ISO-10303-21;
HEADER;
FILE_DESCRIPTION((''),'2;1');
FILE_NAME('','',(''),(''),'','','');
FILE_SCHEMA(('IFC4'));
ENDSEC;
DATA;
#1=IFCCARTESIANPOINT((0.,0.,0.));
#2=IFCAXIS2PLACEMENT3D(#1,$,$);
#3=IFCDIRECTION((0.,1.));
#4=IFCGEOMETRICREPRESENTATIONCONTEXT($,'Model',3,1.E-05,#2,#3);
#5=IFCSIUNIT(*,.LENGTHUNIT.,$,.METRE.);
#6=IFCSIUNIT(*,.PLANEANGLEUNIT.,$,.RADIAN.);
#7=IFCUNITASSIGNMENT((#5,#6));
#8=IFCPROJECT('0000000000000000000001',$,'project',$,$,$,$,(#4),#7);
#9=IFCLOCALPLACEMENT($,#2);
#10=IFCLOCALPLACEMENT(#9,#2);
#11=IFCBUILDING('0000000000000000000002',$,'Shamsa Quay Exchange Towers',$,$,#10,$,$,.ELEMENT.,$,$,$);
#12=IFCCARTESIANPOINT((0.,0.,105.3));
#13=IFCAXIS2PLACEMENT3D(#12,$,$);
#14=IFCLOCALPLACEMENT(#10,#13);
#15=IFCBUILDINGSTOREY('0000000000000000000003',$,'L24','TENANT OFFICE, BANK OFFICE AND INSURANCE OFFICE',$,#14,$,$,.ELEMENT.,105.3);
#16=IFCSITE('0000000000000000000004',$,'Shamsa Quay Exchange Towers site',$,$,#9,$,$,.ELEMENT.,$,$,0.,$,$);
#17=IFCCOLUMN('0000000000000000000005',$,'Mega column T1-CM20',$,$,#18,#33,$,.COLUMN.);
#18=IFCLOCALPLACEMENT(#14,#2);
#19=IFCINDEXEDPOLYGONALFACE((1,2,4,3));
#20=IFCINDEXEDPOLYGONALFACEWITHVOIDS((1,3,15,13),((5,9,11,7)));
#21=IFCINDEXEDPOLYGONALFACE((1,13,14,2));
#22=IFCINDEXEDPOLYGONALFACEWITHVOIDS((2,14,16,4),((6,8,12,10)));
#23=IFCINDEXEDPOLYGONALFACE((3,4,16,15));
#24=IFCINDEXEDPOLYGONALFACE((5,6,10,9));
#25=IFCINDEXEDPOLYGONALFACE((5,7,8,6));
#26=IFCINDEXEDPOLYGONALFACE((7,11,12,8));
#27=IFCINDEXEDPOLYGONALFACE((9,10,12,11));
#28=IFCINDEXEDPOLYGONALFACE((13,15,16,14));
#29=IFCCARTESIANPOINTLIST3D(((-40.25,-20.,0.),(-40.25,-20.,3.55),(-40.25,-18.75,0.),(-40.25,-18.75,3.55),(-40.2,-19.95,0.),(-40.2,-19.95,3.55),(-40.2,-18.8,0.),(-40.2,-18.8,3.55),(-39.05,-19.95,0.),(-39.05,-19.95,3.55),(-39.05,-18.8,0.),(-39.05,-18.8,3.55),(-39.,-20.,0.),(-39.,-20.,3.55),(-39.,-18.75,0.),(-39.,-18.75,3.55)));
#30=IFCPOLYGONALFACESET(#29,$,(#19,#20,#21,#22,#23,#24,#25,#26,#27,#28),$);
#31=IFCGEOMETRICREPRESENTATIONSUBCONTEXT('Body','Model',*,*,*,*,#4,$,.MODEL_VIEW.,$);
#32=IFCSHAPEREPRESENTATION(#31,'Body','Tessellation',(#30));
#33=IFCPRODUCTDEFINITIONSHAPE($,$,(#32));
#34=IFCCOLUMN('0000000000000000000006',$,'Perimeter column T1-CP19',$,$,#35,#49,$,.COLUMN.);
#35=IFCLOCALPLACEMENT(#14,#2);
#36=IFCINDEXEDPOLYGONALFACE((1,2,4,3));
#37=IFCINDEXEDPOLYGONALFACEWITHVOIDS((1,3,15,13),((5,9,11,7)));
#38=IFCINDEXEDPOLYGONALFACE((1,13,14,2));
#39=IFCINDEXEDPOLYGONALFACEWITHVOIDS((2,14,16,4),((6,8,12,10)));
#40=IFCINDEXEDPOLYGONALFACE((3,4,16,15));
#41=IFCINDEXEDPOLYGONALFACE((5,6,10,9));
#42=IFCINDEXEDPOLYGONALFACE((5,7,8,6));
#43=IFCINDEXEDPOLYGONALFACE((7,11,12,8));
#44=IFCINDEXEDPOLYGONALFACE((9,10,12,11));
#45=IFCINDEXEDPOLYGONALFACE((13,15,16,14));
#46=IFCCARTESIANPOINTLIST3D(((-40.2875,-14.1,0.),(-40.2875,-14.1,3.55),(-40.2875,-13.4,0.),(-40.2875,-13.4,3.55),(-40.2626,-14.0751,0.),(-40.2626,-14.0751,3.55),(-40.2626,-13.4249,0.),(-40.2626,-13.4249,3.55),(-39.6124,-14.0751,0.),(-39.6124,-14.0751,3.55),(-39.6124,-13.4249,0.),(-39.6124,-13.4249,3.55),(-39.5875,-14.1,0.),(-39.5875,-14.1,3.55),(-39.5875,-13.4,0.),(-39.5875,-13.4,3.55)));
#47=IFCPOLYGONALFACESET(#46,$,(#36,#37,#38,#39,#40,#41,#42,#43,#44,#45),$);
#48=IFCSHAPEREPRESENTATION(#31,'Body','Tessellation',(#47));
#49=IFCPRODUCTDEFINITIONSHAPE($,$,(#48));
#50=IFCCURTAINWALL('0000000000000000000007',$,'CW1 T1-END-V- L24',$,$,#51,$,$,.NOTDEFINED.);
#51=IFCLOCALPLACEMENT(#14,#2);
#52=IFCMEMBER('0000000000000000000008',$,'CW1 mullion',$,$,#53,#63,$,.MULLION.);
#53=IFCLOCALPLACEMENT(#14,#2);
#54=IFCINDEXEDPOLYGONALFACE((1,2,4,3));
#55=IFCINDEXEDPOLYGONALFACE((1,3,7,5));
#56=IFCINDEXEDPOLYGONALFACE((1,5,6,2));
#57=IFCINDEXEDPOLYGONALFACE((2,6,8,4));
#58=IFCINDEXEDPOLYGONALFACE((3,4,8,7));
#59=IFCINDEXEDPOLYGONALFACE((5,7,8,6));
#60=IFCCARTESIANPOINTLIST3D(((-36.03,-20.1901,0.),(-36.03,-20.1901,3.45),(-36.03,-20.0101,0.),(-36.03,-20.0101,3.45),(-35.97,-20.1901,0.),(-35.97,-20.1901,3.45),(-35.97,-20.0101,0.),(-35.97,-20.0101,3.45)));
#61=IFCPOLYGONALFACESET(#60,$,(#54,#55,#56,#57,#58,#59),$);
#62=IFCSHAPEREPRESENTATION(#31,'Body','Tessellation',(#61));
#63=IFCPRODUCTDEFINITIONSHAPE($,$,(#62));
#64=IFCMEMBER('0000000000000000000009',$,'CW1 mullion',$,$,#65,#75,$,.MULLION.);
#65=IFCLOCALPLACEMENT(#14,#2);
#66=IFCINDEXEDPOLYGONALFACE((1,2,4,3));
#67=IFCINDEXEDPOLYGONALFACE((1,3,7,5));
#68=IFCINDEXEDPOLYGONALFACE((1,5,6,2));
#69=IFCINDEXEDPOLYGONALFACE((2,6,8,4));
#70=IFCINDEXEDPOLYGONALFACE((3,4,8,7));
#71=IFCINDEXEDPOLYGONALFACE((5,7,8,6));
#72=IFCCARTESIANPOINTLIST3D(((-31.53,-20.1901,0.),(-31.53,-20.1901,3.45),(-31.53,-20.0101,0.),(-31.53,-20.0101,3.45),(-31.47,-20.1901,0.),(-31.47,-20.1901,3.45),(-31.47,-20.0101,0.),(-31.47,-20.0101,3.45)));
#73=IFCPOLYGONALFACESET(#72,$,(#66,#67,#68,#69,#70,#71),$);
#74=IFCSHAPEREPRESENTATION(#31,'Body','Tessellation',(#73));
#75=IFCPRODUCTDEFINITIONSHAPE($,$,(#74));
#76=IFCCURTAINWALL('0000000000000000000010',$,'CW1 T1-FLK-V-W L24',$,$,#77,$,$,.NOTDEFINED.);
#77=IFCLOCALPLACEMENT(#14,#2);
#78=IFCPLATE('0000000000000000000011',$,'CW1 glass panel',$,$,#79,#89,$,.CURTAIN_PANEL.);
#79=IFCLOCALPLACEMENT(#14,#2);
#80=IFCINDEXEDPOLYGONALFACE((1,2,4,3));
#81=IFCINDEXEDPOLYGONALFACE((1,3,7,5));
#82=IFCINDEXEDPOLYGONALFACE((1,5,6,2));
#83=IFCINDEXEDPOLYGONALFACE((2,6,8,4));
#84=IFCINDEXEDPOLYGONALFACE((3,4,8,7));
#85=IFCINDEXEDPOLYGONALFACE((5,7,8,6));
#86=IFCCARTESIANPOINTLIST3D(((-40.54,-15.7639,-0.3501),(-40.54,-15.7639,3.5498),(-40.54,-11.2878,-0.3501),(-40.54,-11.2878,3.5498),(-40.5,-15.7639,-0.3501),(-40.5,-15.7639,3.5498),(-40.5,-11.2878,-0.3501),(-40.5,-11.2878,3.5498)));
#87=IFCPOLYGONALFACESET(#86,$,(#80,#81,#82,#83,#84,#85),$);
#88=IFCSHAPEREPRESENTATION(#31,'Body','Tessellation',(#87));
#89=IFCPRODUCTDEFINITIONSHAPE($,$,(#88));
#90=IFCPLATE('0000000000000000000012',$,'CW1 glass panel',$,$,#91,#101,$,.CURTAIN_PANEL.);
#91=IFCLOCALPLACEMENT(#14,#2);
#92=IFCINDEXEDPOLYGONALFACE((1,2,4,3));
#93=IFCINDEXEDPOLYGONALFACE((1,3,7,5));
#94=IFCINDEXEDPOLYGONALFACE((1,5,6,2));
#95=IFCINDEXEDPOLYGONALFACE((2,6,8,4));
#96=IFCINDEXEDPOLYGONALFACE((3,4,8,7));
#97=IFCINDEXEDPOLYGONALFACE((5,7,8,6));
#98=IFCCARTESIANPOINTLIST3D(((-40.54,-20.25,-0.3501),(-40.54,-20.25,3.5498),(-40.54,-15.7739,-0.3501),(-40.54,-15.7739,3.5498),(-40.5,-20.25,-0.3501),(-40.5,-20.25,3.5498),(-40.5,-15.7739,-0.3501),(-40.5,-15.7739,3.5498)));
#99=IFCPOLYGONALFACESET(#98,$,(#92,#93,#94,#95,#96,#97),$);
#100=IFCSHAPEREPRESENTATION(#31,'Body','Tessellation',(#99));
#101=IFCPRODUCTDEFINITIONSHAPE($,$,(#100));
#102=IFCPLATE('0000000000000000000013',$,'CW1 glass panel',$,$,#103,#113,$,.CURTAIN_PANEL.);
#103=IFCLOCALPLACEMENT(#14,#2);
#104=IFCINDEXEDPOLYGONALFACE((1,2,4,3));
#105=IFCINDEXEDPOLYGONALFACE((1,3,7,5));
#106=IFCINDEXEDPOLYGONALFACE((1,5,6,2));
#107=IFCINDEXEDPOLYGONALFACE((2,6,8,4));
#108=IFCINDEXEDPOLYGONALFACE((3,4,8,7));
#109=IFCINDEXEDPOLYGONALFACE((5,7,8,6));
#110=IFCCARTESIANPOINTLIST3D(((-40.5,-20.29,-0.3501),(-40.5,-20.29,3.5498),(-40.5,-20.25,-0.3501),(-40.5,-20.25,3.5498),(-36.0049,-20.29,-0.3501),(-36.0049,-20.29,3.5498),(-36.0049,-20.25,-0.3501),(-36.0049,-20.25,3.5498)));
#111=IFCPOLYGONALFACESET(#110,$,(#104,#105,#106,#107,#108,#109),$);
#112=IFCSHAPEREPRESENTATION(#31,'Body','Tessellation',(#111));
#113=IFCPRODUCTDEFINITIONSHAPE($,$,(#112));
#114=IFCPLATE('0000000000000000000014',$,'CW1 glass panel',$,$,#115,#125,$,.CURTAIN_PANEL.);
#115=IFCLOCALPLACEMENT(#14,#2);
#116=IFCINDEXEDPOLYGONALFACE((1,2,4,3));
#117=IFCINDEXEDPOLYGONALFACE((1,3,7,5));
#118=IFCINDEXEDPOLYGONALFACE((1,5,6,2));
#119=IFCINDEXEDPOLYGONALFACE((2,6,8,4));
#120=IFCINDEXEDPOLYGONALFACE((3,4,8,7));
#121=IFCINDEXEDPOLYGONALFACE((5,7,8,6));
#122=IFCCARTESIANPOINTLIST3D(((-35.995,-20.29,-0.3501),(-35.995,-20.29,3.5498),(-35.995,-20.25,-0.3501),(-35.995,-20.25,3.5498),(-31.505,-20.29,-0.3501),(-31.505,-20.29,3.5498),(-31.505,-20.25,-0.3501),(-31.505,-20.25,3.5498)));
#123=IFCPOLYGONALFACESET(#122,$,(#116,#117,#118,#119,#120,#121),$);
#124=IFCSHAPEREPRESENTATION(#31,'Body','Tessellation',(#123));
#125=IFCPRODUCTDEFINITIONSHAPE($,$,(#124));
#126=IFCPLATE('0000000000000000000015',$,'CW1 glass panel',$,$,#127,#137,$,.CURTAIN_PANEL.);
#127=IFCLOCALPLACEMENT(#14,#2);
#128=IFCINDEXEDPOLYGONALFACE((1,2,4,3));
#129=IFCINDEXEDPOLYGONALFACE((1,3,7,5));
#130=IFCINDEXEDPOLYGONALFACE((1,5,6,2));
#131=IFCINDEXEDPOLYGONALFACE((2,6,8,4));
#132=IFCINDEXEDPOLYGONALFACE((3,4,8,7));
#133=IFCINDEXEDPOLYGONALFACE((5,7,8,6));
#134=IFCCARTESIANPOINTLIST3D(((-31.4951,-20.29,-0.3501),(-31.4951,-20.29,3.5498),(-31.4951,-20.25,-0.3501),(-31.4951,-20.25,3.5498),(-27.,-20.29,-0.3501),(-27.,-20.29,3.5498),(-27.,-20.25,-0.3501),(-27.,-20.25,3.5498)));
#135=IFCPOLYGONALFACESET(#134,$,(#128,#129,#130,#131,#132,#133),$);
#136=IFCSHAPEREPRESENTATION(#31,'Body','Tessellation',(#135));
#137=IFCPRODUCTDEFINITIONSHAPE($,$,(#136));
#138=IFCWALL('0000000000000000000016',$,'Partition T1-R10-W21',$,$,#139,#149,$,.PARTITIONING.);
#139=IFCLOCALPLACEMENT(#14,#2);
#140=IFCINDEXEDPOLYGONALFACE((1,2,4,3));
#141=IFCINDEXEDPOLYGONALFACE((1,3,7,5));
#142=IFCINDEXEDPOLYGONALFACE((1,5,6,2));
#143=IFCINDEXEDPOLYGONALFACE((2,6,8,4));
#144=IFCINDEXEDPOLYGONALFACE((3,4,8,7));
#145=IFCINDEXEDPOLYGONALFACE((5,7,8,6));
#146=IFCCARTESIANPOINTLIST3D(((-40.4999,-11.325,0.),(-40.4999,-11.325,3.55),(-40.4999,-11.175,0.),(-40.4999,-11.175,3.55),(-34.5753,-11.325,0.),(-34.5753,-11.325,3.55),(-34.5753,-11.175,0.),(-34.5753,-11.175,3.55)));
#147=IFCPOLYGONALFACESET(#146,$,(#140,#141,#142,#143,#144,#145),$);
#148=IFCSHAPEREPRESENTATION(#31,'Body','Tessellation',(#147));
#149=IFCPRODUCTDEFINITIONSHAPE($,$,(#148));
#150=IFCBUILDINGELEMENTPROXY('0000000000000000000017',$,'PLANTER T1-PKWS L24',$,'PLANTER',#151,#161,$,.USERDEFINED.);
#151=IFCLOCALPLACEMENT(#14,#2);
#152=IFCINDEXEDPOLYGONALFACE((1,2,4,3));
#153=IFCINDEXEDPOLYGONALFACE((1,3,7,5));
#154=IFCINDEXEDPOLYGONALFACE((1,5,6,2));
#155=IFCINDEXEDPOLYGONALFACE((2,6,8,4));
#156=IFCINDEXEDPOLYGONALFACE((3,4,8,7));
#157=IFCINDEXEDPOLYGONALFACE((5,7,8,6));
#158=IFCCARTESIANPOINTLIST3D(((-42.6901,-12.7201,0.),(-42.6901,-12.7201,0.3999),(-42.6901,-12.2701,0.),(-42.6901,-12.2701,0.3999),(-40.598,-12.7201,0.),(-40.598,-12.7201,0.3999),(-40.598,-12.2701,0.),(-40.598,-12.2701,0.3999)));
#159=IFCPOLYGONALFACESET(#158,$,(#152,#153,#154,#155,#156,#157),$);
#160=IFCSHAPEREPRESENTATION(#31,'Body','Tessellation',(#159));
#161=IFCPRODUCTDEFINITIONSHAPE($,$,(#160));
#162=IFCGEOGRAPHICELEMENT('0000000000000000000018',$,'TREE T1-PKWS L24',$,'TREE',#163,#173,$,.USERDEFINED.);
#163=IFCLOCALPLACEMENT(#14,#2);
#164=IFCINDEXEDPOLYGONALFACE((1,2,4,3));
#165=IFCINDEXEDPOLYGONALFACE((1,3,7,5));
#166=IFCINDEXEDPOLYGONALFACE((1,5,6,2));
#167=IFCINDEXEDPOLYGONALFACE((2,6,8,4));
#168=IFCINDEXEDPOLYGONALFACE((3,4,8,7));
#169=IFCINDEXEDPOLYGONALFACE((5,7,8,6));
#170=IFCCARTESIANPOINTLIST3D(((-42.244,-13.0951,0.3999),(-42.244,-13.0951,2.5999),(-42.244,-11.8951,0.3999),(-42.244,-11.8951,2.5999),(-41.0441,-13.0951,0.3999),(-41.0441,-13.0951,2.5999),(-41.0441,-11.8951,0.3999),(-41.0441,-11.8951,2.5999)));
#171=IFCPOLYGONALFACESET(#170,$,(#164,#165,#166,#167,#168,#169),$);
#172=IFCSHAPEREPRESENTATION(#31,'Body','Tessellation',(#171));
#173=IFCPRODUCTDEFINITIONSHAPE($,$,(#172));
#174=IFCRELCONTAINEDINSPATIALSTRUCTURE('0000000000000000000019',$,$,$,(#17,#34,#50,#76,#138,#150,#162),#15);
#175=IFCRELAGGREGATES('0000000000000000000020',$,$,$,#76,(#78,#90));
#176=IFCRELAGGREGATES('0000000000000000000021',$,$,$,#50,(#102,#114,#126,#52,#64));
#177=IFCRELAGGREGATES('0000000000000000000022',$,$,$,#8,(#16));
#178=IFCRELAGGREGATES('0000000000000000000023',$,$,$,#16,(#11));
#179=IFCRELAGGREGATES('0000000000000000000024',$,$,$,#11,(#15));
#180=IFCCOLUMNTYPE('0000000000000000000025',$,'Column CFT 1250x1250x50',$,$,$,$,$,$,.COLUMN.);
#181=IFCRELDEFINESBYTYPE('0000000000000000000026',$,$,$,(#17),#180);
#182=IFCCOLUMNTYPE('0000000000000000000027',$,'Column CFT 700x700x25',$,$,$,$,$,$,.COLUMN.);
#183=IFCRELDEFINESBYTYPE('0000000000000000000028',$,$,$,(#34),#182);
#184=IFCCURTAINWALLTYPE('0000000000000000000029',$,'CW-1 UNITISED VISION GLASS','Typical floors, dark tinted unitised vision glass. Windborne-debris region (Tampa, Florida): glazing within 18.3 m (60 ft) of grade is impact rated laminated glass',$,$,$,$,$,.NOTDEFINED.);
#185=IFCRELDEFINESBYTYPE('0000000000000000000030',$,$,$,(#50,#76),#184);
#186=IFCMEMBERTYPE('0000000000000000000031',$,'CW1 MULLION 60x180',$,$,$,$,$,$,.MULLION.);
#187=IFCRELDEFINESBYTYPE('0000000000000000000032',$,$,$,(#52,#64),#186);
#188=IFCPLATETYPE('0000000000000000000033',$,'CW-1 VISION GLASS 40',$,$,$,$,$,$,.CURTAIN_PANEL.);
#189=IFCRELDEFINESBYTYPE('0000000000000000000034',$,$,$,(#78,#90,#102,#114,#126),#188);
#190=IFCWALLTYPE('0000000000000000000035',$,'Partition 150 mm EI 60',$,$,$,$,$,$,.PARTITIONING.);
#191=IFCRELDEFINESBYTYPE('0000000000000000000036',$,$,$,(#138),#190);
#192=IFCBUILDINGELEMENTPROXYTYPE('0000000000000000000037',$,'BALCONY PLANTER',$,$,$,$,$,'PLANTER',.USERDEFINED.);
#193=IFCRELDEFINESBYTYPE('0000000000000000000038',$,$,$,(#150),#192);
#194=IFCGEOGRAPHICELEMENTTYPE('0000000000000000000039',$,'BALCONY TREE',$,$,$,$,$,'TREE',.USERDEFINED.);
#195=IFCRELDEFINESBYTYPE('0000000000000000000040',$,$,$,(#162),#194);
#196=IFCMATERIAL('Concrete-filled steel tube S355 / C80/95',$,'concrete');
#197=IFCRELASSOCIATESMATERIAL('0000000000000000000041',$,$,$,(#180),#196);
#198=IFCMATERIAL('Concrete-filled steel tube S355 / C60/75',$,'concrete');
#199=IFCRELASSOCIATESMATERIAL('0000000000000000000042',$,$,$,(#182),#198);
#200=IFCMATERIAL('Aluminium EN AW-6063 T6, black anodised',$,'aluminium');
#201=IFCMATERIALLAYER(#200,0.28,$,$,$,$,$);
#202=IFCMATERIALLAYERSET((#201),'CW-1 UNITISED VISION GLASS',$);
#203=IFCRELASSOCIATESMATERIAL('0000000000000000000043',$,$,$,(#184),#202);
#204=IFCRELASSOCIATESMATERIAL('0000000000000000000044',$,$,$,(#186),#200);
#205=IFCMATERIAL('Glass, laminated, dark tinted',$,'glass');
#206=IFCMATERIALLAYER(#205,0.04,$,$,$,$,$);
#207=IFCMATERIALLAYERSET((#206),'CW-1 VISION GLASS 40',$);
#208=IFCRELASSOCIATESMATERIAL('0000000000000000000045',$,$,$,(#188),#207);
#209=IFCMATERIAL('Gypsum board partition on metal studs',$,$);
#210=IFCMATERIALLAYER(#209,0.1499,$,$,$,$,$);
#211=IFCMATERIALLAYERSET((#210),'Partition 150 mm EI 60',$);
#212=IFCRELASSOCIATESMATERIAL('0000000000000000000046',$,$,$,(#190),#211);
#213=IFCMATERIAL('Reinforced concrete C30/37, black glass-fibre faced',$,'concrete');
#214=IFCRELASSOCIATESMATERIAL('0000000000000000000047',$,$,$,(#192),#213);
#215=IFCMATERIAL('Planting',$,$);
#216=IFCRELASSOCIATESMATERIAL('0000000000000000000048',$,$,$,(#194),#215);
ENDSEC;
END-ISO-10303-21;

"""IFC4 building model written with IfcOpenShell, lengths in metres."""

from ifc_helpers import new_model, si_unit, direction, frame, frame_2d, origin, origin_2d, place, context, subcontext, project, spatial, rectangle, hollow_rectangle, extrude, material, layer, layer_set, material_profile, profile_set, type_object, element, aggregate, save


model = new_model("IFC4")

# Units and contexts
model_context = context("Model", 3, precision=1e-05, world=origin(), true_north=direction((0.0, 1.0)))
body_context = subcontext(model_context, "Body", "Model", "MODEL_VIEW")
ifc_project = project(units=[si_unit("LENGTHUNIT", "METRE"), si_unit("PLANEANGLEUNIT", "RADIAN")], contexts=[model_context])

# Site, building, storey
site_placement = place(None, origin())
site = spatial("IfcSite", under=ifc_project, at=site_placement, Name="Shamsa Quay Exchange Towers site", CompositionType="ELEMENT", RefElevation=0.0)
building_placement = place(site_placement, origin())
building = spatial("IfcBuilding", under=site, at=building_placement, Name="Shamsa Quay Exchange Towers", CompositionType="ELEMENT")
storey_placement = place(building_placement, frame((0.0, 0.0, 105.3)))
storey = spatial("IfcBuildingStorey", under=building, at=storey_placement, Name="L24", Description="TENANT OFFICE, BANK OFFICE AND INSURANCE OFFICE", CompositionType="ELEMENT", Elevation=105.3)

# Columns
ifc_material_1 = material(Name="Concrete-filled steel tube S355 / C80/95", Category="concrete")
ifc_material_profile_1 = material_profile(ifc_material_1, hollow_rectangle(XDim=1.25, YDim=1.25, WallThickness=0.05, at=origin_2d()), Name="CFT 1250x1250x50")
ifc_profile_set_1 = profile_set([ifc_material_profile_1], Name="Concrete-filled steel tube S355 / C80/95")
column_type_1 = type_object("IfcColumnType", Name="Column CFT 1250x1250x50", PredefinedType="COLUMN", material=ifc_profile_set_1)
column_1_placement = place(storey_placement, frame((-39.625, -19.375, 0.0)))
element("IfcColumn", 1, at=column_1_placement, inside=storey, type_object=column_type_1, Name="Mega column T1-CM20", PredefinedType="COLUMN", context=body_context, shape_type="SweptSolid", body=[
    extrude(hollow_rectangle(XDim=1.25, YDim=1.25, WallThickness=0.05, at=origin_2d()), origin(), (0.0, 0.0, 1.0), 3.55),
])
ifc_material_2 = material(Name="Concrete-filled steel tube S355 / C60/75", Category="concrete")
ifc_material_profile_2 = material_profile(ifc_material_2, hollow_rectangle(XDim=0.7, YDim=0.7, WallThickness=0.0249, at=origin_2d()), Name="CFT 700x700x25")
ifc_profile_set_2 = profile_set([ifc_material_profile_2], Name="Concrete-filled steel tube S355 / C60/75")
column_type_2 = type_object("IfcColumnType", Name="Column CFT 700x700x25", PredefinedType="COLUMN", material=ifc_profile_set_2)
column_2_placement = place(storey_placement, frame((-39.9375, -13.75, 0.0)))
element("IfcColumn", 2, at=column_2_placement, inside=storey, type_object=column_type_2, Name="Perimeter column T1-CP19", PredefinedType="COLUMN", context=body_context, shape_type="SweptSolid", body=[
    extrude(hollow_rectangle(XDim=0.7, YDim=0.7, WallThickness=0.0249, at=origin_2d()), origin(), (0.0, 0.0, 1.0), 3.55),
])

# Curtain wall, members
ifc_material_3 = material(Name="Aluminium EN AW-6063 T6, black anodised", Category="aluminium")
ifc_layer_1 = layer(ifc_material_3, 0.28)
ifc_layer_set_1 = layer_set([ifc_layer_1], Name="CW-1 UNITISED VISION GLASS")
curtain_wall_type = type_object("IfcCurtainWallType", Name="CW-1 UNITISED VISION GLASS", Description="Typical floors, dark tinted unitised vision glass. Windborne-debris region (Tampa, Florida): glazing within 18.3 m (60 ft) of grade is impact rated laminated glass", PredefinedType="NOTDEFINED", material=ifc_layer_set_1)
curtain_wall_1_placement = place(storey_placement, origin())
curtain_wall_1 = element("IfcCurtainWall", 3, at=curtain_wall_1_placement, inside=storey, type_object=curtain_wall_type, Name="CW1 T1-END-V- L24", PredefinedType="NOTDEFINED")
ifc_material_profile_3 = material_profile(ifc_material_3, rectangle(XDim=0.1799, YDim=0.0601, at=origin_2d()), Name="MU60x180")
ifc_profile_set_3 = profile_set([ifc_material_profile_3], Name="Aluminium EN AW-6063 T6, black anodised")
member_type = type_object("IfcMemberType", Name="CW1 MULLION 60x180", PredefinedType="MULLION", material=ifc_profile_set_3)
member_1_placement = place(storey_placement, frame((-36.0, -20.1001, 0.0), z_axis=(0.0, 0.0, 1.0), x_axis=(0.0, 1.0, 0.0)))
member_1 = element("IfcMember", 4, at=member_1_placement, type_object=member_type, Name="CW1 mullion", PredefinedType="MULLION", context=body_context, shape_type="SweptSolid", body=[
    extrude(rectangle(XDim=0.1799, YDim=0.0601, at=origin_2d()), origin(), (0.0, 0.0, 1.0), 3.45),
])
member_2_placement = place(storey_placement, frame((-31.5, -20.1001, 0.0), z_axis=(0.0, 0.0, 1.0), x_axis=(0.0, 1.0, 0.0)))
member_2 = element("IfcMember", 5, at=member_2_placement, type_object=member_type, Name="CW1 mullion", PredefinedType="MULLION", context=body_context, shape_type="SweptSolid", body=[
    extrude(rectangle(XDim=0.1799, YDim=0.0601, at=origin_2d()), origin(), (0.0, 0.0, 1.0), 3.45),
])

# Curtain wall, plates
curtain_wall_2_placement = place(storey_placement, origin())
curtain_wall_2 = element("IfcCurtainWall", 6, at=curtain_wall_2_placement, inside=storey, type_object=curtain_wall_type, Name="CW1 T1-FLK-V-W L24", PredefinedType="NOTDEFINED")
ifc_material_4 = material(Name="Glass, laminated, dark tinted", Category="glass")
ifc_layer_2 = layer(ifc_material_4, 0.04)
ifc_layer_set_2 = layer_set([ifc_layer_2], Name="CW-1 VISION GLASS 40")
plate_type = type_object("IfcPlateType", Name="CW-1 VISION GLASS 40", PredefinedType="CURTAIN_PANEL", material=ifc_layer_set_2)
plate_1_placement = place(storey_placement, frame((-40.52, -13.5259, -0.3501), z_axis=(0.0, 0.0, 1.0), x_axis=(0.0, -1.0, 0.0)))
plate_1 = element("IfcPlate", 7, at=plate_1_placement, type_object=plate_type, Name="CW1 glass panel", PredefinedType="CURTAIN_PANEL", context=body_context, shape_type="SweptSolid", body=[
    extrude(rectangle(XDim=4.4761, YDim=0.04, at=origin_2d()), origin(), (0.0, 0.0, 1.0), 3.8999),
])
plate_2_placement = place(storey_placement, frame((-40.52, -18.012, -0.3501), z_axis=(0.0, 0.0, 1.0), x_axis=(0.0, -1.0, 0.0)))
plate_2 = element("IfcPlate", 8, at=plate_2_placement, type_object=plate_type, Name="CW1 glass panel", PredefinedType="CURTAIN_PANEL", context=body_context, shape_type="SweptSolid", body=[
    extrude(rectangle(XDim=4.4761, YDim=0.04, at=origin_2d()), origin(), (0.0, 0.0, 1.0), 3.8999),
])
aggregate(curtain_wall_2, [plate_1, plate_2])

# Plates
plate_3_placement = place(storey_placement, frame((-38.2524, -20.27, -0.3501)))
plate_3 = element("IfcPlate", 9, at=plate_3_placement, type_object=plate_type, Name="CW1 glass panel", PredefinedType="CURTAIN_PANEL", context=body_context, shape_type="SweptSolid", body=[
    extrude(rectangle(XDim=4.4951, YDim=0.04, at=origin_2d()), origin(), (0.0, 0.0, 1.0), 3.8999),
])
plate_4_placement = place(storey_placement, frame((-33.75, -20.27, -0.3501)))
plate_4 = element("IfcPlate", 10, at=plate_4_placement, type_object=plate_type, Name="CW1 glass panel", PredefinedType="CURTAIN_PANEL", context=body_context, shape_type="SweptSolid", body=[
    extrude(rectangle(XDim=4.49, YDim=0.04, at=origin_2d()), origin(), (0.0, 0.0, 1.0), 3.8999),
])
plate_5_placement = place(storey_placement, frame((-29.2476, -20.27, -0.3501)))
plate_5 = element("IfcPlate", 11, at=plate_5_placement, type_object=plate_type, Name="CW1 glass panel", PredefinedType="CURTAIN_PANEL", context=body_context, shape_type="SweptSolid", body=[
    extrude(rectangle(XDim=4.4951, YDim=0.04, at=origin_2d()), origin(), (0.0, 0.0, 1.0), 3.8999),
])
aggregate(curtain_wall_1, [plate_3, plate_4, plate_5, member_1, member_2])

# Wall
ifc_material_5 = material(Name="Gypsum board partition on metal studs")
ifc_layer_3 = layer(ifc_material_5, 0.1499)
ifc_layer_set_3 = layer_set([ifc_layer_3], Name="Partition 150 mm EI 60")
wall_type = type_object("IfcWallType", Name="Partition 150 mm EI 60", PredefinedType="PARTITIONING", material=ifc_layer_set_3)
wall_placement = place(storey_placement, frame((-40.5, -11.25, 0.0)))
element("IfcWall", 12, at=wall_placement, inside=storey, type_object=wall_type, Name="Partition T1-R10-W21", PredefinedType="PARTITIONING", context=body_context, shape_type="SweptSolid", body=[
    extrude(rectangle(XDim=5.9246, YDim=0.1499, at=frame_2d((2.9624, 0.0))), origin(), (0.0, 0.0, 1.0), 3.55),
])

# Building element proxy
ifc_material_6 = material(Name="Reinforced concrete C30/37, black glass-fibre faced", Category="concrete")
building_element_proxy_type = type_object("IfcBuildingElementProxyType", Name="BALCONY PLANTER", ElementType="PLANTER", PredefinedType="USERDEFINED", material=ifc_material_6)
proxy_placement = place(storey_placement, frame((-41.644, -12.4951, 0.0)))
element("IfcBuildingElementProxy", 13, at=proxy_placement, inside=storey, type_object=building_element_proxy_type, Name="PLANTER T1-PKWS L24", ObjectType="PLANTER", PredefinedType="USERDEFINED", context=body_context, shape_type="SweptSolid", body=[
    extrude(rectangle(XDim=2.092, YDim=0.45, at=origin_2d()), origin(), (0.0, 0.0, 1.0), 0.3999),
])

# Geographic element
ifc_material_7 = material(Name="Planting")
geographic_element_type = type_object("IfcGeographicElementType", Name="BALCONY TREE", ElementType="TREE", PredefinedType="USERDEFINED", material=ifc_material_7)
geographic_element_placement = place(storey_placement, frame((-41.644, -12.4951, 0.3999)))
element("IfcGeographicElement", 14, at=geographic_element_placement, inside=storey, type_object=geographic_element_type, Name="TREE T1-PKWS L24", ObjectType="TREE", PredefinedType="USERDEFINED", context=body_context, shape_type="SweptSolid", body=[
    extrude(rectangle(XDim=1.2, YDim=1.2, at=origin_2d()), origin(), (0.0, 0.0, 1.0), 2.2),
])

save(model, "model.ifc")
